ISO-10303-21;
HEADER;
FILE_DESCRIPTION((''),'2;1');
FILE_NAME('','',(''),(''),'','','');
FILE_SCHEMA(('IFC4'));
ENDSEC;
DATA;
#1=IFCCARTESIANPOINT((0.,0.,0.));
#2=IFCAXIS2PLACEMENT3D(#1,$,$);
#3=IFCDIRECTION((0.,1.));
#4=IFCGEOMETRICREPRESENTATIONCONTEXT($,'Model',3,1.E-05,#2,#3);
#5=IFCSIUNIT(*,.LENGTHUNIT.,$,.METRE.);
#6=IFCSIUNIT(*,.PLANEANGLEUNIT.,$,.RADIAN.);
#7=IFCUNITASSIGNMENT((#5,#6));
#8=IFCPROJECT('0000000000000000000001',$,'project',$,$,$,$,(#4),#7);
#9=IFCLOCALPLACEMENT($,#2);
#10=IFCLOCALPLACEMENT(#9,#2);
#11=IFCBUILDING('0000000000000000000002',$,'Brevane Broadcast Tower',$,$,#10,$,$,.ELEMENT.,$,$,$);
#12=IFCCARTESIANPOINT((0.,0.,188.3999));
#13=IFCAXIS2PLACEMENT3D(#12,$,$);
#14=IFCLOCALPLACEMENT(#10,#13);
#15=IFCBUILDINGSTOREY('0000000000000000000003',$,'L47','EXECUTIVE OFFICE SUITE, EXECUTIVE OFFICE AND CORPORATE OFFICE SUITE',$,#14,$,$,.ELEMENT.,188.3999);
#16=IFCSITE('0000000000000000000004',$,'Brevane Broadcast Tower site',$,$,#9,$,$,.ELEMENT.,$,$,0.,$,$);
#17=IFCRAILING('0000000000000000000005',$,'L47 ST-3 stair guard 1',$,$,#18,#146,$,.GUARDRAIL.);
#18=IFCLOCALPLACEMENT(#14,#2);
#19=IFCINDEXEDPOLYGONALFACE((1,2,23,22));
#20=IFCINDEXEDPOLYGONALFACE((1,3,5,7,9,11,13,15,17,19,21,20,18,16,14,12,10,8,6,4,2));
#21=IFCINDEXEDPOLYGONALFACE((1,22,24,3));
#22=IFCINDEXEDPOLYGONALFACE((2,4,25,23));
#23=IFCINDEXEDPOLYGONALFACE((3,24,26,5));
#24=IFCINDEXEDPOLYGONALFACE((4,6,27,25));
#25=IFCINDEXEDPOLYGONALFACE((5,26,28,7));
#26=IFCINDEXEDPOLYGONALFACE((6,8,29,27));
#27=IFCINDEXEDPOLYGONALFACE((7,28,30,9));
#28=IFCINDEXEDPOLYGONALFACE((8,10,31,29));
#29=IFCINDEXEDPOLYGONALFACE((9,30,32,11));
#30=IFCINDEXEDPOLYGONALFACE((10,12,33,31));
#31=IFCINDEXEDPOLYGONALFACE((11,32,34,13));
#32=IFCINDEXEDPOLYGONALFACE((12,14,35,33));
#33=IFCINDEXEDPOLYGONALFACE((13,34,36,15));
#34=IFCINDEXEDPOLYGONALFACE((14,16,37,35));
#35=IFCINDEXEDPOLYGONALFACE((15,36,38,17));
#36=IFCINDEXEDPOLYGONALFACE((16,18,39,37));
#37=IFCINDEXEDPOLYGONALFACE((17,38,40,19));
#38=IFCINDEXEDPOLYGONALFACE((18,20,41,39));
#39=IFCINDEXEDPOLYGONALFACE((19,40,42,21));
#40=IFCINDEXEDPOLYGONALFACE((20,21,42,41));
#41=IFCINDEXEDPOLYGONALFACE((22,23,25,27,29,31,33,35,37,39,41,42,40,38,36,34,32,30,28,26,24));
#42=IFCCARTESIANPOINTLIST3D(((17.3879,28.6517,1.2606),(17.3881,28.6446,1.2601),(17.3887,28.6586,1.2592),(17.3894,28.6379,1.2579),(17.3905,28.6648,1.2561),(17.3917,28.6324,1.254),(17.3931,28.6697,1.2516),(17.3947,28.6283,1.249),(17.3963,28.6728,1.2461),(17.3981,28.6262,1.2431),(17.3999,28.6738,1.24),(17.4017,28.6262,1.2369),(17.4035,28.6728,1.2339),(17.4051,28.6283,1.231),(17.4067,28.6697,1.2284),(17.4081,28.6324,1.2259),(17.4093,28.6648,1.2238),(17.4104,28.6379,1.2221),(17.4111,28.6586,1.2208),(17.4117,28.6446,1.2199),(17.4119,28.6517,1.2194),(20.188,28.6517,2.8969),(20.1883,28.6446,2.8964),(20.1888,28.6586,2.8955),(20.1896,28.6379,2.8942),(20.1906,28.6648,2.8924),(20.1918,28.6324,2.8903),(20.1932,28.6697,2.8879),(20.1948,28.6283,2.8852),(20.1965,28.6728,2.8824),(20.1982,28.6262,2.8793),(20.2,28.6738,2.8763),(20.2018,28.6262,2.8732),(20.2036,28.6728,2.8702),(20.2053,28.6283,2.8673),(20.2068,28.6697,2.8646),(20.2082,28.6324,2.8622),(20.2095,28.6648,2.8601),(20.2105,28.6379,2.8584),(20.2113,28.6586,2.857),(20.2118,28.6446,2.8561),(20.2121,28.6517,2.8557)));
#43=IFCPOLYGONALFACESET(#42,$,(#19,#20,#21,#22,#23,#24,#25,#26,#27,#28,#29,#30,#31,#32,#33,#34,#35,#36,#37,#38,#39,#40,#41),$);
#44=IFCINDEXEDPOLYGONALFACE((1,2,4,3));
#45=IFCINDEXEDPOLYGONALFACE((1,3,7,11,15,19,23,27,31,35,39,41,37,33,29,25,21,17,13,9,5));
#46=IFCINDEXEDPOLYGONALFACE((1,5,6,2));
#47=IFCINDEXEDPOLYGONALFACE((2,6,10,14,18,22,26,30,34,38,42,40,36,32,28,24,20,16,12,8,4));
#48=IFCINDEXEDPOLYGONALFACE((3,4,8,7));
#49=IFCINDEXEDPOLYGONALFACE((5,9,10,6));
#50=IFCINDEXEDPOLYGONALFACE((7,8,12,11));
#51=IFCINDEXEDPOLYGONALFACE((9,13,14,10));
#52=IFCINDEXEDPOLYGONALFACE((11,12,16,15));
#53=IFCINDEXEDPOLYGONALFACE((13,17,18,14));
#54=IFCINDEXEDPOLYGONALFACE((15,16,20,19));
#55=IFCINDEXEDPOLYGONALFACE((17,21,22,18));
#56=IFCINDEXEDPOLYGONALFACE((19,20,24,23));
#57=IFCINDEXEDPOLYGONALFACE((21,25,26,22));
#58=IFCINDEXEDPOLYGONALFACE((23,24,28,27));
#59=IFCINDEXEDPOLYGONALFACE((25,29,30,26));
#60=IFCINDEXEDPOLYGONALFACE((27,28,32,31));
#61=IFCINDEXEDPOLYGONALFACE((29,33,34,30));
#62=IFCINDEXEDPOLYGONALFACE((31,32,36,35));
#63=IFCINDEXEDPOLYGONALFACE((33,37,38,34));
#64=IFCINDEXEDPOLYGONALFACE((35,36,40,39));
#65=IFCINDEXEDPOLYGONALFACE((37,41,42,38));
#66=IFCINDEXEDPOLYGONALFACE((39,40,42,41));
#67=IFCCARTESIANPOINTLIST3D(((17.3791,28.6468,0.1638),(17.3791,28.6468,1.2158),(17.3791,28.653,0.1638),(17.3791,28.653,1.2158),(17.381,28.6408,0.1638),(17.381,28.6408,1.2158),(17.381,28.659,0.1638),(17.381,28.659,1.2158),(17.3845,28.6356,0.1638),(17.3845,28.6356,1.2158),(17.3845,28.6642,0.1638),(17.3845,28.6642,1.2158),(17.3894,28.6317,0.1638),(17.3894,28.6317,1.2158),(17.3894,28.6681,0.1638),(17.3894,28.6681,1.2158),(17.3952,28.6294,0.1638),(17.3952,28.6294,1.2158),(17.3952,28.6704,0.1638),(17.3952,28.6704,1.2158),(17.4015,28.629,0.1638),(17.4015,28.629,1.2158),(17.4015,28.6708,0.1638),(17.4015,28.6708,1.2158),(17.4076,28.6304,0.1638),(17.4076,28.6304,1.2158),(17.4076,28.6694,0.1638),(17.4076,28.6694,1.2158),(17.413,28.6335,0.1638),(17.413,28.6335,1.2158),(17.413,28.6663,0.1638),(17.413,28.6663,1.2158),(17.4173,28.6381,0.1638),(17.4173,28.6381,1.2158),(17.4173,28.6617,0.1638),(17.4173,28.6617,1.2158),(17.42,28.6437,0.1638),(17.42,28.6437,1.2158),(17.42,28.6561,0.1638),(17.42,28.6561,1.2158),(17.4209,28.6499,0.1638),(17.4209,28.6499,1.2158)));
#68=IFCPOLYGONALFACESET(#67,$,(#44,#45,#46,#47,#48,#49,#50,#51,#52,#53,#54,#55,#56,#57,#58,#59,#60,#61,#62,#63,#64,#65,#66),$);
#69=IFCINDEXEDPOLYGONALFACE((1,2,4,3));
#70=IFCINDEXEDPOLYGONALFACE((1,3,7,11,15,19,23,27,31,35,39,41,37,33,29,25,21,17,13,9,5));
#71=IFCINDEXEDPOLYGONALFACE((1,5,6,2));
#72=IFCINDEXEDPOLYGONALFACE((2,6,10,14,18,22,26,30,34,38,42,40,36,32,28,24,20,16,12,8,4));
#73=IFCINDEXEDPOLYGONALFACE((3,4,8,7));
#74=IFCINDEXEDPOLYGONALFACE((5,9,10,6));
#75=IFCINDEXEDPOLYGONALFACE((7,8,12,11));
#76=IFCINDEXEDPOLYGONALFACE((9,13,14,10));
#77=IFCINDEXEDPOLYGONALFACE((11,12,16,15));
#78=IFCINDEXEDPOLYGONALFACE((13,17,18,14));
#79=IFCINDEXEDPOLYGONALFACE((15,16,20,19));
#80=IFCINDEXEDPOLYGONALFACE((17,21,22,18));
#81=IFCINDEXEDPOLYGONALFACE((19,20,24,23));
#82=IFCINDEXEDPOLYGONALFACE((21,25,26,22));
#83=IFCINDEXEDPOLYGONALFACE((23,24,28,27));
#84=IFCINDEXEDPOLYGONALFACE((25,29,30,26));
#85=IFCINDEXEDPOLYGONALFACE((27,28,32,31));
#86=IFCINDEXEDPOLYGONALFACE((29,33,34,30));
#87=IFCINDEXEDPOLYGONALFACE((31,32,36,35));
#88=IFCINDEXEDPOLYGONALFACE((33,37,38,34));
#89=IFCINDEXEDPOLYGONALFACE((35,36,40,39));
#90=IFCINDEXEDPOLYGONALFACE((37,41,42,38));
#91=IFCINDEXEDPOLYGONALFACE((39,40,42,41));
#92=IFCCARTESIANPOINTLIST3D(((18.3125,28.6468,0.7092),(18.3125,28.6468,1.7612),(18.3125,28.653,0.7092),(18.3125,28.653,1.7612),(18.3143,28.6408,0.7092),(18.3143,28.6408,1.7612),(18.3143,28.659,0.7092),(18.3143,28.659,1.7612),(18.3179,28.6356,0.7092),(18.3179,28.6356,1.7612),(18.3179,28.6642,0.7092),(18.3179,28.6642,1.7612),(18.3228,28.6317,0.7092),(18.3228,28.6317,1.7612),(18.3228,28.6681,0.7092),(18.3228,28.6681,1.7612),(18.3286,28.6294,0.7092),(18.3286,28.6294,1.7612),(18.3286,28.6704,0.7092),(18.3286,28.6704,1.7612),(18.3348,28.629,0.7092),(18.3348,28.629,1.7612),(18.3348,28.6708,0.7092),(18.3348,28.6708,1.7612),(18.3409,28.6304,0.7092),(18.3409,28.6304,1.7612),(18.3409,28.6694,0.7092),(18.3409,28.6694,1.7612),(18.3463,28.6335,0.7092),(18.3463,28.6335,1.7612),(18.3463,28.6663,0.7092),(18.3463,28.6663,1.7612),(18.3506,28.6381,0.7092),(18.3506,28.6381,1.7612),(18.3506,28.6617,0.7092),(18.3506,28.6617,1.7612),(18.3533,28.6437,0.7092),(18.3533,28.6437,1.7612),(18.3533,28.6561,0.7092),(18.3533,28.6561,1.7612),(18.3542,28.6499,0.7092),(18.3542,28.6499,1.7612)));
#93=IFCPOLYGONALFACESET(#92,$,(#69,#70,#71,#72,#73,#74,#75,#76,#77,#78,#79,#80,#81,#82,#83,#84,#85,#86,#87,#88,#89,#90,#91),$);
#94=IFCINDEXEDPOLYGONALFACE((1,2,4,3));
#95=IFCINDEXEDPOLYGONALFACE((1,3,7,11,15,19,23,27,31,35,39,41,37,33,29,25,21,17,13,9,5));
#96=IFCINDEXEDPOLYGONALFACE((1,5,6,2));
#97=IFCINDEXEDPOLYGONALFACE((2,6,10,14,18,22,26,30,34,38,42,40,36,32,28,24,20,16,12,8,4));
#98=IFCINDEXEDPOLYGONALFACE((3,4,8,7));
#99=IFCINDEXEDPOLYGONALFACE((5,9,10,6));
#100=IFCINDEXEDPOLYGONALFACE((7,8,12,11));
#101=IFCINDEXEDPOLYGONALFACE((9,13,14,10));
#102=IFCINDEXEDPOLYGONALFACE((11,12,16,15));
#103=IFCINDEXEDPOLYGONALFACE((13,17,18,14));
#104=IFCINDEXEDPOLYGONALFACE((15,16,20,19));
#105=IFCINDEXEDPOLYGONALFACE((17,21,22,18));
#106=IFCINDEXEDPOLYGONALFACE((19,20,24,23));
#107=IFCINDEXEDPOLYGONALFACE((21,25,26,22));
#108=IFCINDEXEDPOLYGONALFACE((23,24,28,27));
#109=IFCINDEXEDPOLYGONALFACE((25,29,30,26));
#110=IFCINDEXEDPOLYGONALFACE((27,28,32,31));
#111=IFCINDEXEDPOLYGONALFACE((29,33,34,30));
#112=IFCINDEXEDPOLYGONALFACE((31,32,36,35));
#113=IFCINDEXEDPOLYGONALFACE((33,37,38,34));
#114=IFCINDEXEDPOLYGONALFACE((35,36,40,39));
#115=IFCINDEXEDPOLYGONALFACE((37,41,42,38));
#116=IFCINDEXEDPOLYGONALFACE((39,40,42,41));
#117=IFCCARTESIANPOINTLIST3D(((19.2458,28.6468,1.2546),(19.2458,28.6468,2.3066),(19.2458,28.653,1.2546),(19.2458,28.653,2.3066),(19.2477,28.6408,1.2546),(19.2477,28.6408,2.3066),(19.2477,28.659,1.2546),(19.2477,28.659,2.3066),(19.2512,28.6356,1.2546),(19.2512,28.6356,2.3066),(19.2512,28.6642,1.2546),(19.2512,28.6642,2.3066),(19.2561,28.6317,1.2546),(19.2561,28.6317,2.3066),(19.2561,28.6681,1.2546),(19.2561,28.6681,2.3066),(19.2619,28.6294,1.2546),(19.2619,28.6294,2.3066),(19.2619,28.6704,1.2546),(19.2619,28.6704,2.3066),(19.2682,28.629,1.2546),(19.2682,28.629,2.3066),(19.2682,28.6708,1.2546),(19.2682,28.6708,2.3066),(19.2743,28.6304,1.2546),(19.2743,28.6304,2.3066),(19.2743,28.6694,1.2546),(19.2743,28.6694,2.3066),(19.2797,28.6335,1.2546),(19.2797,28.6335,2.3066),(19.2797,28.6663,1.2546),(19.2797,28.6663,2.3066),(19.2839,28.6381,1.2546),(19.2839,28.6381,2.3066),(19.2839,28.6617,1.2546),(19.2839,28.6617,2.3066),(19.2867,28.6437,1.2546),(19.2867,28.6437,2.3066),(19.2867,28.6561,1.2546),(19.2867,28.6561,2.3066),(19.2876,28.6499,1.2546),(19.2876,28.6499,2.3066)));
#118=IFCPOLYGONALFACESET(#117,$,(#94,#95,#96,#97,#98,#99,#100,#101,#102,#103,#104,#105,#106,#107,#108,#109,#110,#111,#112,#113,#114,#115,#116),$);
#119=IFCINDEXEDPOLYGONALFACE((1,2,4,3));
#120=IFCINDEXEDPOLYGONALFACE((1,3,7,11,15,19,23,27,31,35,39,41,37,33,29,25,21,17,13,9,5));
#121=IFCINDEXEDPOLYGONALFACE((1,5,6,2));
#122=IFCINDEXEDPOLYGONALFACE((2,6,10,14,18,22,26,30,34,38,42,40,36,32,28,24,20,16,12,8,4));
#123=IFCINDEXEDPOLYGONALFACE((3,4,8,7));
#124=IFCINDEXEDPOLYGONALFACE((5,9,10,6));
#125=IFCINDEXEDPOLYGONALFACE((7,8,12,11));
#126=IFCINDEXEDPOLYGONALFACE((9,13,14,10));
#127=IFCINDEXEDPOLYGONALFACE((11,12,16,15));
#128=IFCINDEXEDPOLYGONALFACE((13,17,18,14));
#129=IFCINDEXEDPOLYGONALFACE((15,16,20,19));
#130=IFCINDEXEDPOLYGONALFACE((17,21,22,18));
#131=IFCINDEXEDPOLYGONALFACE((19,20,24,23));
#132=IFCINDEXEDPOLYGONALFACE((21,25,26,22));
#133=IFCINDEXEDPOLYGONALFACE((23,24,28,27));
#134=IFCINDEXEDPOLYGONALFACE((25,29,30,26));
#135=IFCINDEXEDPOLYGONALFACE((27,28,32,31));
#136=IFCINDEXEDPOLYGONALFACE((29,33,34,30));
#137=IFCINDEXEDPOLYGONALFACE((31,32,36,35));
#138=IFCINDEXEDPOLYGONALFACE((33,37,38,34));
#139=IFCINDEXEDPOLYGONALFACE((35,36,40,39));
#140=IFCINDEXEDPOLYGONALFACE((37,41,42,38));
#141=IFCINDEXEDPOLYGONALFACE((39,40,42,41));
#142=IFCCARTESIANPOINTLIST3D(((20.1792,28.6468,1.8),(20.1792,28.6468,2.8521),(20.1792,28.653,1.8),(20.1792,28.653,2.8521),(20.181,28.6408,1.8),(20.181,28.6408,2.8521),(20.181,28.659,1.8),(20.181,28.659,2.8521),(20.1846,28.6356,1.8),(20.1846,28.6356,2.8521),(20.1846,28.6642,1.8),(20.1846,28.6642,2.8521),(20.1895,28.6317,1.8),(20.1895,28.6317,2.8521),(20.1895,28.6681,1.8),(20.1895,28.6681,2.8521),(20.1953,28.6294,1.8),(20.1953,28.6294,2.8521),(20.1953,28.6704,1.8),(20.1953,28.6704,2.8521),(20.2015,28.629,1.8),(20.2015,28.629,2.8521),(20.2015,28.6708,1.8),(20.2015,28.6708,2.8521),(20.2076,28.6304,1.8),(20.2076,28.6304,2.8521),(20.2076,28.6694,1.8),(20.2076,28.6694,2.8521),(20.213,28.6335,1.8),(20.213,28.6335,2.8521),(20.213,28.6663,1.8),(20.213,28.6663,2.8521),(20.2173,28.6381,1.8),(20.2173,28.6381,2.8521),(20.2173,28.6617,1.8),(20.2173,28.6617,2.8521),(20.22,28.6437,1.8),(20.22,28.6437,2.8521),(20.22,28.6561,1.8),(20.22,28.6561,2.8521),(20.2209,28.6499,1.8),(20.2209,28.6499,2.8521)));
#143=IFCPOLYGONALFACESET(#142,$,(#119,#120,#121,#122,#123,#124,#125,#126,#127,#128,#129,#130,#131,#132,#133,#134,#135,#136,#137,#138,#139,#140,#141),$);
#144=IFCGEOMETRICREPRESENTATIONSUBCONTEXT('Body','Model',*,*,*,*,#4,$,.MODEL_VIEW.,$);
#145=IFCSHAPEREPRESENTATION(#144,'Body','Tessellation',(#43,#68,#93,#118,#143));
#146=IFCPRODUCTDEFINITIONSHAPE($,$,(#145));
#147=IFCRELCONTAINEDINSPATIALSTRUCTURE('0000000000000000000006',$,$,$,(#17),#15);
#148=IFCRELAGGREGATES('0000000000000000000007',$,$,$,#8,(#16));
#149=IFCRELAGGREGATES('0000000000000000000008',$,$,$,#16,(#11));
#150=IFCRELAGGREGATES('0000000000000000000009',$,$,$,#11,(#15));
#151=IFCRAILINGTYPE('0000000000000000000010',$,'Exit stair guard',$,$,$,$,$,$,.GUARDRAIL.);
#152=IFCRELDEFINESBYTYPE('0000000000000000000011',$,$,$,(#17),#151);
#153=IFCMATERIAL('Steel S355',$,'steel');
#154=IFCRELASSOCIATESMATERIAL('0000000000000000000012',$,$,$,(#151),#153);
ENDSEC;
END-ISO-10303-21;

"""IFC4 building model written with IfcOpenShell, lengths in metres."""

from ifc_helpers import new_model, si_unit, direction, frame, origin, origin_2d, place, context, subcontext, project, spatial, circle, extrude, material, type_object, element, save


model = new_model("IFC4")

# Units and contexts
model_context = context("Model", 3, precision=1e-05, world=origin(), true_north=direction((0.0, 1.0)))
body_context = subcontext(model_context, "Body", "Model", "MODEL_VIEW")
ifc_project = project(units=[si_unit("LENGTHUNIT", "METRE"), si_unit("PLANEANGLEUNIT", "RADIAN")], contexts=[model_context])

# Site, building, storey
site_placement = place(None, origin())
site = spatial("IfcSite", under=ifc_project, at=site_placement, Name="Brevane Broadcast Tower site", CompositionType="ELEMENT", RefElevation=0.0)
building_placement = place(site_placement, origin())
building = spatial("IfcBuilding", under=site, at=building_placement, Name="Brevane Broadcast Tower", CompositionType="ELEMENT")
storey_placement = place(building_placement, frame((0.0, 0.0, 188.3999)))
storey = spatial("IfcBuildingStorey", under=building, at=storey_placement, Name="L47", Description="EXECUTIVE OFFICE SUITE, EXECUTIVE OFFICE AND CORPORATE OFFICE SUITE", CompositionType="ELEMENT", Elevation=188.3999)

# Railing
ifc_material_1 = material(Name="Steel S355", Category="steel")
railing_type_1 = type_object("IfcRailingType", Name="Exit stair guard", PredefinedType="GUARDRAIL", material=ifc_material_1)
railing_1_placement = place(storey_placement, frame((17.3999, 28.6499, 0.1638)))
element("IfcRailing", 1, at=railing_1_placement, inside=storey, type_object=railing_type_1, Name="L47 ST-3 stair guard 1", PredefinedType="GUARDRAIL", context=body_context, shape_type="SweptSolid", body=[
    extrude(circle(Radius=0.0239, at=origin_2d()), frame((0.0, 0.0, 1.0762), z_axis=(0.863394, 0.0, 0.504531), x_axis=(0.0, 1.0, 0.0)), (0.0, 0.0, 1.0), 3.2432),
    extrude(circle(Radius=0.021, at=origin_2d()), origin(), (0.0, 0.0, 1.0), 1.052),
    extrude(circle(Radius=0.021, at=origin_2d()), frame((0.9333, 0.0, 0.5454)), (0.0, 0.0, 1.0), 1.052),
    extrude(circle(Radius=0.021, at=origin_2d()), frame((1.8667, 0.0, 1.0908)), (0.0, 0.0, 1.0), 1.052),
    extrude(circle(Radius=0.021, at=origin_2d()), frame((2.8, 0.0, 1.6362)), (0.0, 0.0, 1.0), 1.052),
])

save(model, "model.ifc")
